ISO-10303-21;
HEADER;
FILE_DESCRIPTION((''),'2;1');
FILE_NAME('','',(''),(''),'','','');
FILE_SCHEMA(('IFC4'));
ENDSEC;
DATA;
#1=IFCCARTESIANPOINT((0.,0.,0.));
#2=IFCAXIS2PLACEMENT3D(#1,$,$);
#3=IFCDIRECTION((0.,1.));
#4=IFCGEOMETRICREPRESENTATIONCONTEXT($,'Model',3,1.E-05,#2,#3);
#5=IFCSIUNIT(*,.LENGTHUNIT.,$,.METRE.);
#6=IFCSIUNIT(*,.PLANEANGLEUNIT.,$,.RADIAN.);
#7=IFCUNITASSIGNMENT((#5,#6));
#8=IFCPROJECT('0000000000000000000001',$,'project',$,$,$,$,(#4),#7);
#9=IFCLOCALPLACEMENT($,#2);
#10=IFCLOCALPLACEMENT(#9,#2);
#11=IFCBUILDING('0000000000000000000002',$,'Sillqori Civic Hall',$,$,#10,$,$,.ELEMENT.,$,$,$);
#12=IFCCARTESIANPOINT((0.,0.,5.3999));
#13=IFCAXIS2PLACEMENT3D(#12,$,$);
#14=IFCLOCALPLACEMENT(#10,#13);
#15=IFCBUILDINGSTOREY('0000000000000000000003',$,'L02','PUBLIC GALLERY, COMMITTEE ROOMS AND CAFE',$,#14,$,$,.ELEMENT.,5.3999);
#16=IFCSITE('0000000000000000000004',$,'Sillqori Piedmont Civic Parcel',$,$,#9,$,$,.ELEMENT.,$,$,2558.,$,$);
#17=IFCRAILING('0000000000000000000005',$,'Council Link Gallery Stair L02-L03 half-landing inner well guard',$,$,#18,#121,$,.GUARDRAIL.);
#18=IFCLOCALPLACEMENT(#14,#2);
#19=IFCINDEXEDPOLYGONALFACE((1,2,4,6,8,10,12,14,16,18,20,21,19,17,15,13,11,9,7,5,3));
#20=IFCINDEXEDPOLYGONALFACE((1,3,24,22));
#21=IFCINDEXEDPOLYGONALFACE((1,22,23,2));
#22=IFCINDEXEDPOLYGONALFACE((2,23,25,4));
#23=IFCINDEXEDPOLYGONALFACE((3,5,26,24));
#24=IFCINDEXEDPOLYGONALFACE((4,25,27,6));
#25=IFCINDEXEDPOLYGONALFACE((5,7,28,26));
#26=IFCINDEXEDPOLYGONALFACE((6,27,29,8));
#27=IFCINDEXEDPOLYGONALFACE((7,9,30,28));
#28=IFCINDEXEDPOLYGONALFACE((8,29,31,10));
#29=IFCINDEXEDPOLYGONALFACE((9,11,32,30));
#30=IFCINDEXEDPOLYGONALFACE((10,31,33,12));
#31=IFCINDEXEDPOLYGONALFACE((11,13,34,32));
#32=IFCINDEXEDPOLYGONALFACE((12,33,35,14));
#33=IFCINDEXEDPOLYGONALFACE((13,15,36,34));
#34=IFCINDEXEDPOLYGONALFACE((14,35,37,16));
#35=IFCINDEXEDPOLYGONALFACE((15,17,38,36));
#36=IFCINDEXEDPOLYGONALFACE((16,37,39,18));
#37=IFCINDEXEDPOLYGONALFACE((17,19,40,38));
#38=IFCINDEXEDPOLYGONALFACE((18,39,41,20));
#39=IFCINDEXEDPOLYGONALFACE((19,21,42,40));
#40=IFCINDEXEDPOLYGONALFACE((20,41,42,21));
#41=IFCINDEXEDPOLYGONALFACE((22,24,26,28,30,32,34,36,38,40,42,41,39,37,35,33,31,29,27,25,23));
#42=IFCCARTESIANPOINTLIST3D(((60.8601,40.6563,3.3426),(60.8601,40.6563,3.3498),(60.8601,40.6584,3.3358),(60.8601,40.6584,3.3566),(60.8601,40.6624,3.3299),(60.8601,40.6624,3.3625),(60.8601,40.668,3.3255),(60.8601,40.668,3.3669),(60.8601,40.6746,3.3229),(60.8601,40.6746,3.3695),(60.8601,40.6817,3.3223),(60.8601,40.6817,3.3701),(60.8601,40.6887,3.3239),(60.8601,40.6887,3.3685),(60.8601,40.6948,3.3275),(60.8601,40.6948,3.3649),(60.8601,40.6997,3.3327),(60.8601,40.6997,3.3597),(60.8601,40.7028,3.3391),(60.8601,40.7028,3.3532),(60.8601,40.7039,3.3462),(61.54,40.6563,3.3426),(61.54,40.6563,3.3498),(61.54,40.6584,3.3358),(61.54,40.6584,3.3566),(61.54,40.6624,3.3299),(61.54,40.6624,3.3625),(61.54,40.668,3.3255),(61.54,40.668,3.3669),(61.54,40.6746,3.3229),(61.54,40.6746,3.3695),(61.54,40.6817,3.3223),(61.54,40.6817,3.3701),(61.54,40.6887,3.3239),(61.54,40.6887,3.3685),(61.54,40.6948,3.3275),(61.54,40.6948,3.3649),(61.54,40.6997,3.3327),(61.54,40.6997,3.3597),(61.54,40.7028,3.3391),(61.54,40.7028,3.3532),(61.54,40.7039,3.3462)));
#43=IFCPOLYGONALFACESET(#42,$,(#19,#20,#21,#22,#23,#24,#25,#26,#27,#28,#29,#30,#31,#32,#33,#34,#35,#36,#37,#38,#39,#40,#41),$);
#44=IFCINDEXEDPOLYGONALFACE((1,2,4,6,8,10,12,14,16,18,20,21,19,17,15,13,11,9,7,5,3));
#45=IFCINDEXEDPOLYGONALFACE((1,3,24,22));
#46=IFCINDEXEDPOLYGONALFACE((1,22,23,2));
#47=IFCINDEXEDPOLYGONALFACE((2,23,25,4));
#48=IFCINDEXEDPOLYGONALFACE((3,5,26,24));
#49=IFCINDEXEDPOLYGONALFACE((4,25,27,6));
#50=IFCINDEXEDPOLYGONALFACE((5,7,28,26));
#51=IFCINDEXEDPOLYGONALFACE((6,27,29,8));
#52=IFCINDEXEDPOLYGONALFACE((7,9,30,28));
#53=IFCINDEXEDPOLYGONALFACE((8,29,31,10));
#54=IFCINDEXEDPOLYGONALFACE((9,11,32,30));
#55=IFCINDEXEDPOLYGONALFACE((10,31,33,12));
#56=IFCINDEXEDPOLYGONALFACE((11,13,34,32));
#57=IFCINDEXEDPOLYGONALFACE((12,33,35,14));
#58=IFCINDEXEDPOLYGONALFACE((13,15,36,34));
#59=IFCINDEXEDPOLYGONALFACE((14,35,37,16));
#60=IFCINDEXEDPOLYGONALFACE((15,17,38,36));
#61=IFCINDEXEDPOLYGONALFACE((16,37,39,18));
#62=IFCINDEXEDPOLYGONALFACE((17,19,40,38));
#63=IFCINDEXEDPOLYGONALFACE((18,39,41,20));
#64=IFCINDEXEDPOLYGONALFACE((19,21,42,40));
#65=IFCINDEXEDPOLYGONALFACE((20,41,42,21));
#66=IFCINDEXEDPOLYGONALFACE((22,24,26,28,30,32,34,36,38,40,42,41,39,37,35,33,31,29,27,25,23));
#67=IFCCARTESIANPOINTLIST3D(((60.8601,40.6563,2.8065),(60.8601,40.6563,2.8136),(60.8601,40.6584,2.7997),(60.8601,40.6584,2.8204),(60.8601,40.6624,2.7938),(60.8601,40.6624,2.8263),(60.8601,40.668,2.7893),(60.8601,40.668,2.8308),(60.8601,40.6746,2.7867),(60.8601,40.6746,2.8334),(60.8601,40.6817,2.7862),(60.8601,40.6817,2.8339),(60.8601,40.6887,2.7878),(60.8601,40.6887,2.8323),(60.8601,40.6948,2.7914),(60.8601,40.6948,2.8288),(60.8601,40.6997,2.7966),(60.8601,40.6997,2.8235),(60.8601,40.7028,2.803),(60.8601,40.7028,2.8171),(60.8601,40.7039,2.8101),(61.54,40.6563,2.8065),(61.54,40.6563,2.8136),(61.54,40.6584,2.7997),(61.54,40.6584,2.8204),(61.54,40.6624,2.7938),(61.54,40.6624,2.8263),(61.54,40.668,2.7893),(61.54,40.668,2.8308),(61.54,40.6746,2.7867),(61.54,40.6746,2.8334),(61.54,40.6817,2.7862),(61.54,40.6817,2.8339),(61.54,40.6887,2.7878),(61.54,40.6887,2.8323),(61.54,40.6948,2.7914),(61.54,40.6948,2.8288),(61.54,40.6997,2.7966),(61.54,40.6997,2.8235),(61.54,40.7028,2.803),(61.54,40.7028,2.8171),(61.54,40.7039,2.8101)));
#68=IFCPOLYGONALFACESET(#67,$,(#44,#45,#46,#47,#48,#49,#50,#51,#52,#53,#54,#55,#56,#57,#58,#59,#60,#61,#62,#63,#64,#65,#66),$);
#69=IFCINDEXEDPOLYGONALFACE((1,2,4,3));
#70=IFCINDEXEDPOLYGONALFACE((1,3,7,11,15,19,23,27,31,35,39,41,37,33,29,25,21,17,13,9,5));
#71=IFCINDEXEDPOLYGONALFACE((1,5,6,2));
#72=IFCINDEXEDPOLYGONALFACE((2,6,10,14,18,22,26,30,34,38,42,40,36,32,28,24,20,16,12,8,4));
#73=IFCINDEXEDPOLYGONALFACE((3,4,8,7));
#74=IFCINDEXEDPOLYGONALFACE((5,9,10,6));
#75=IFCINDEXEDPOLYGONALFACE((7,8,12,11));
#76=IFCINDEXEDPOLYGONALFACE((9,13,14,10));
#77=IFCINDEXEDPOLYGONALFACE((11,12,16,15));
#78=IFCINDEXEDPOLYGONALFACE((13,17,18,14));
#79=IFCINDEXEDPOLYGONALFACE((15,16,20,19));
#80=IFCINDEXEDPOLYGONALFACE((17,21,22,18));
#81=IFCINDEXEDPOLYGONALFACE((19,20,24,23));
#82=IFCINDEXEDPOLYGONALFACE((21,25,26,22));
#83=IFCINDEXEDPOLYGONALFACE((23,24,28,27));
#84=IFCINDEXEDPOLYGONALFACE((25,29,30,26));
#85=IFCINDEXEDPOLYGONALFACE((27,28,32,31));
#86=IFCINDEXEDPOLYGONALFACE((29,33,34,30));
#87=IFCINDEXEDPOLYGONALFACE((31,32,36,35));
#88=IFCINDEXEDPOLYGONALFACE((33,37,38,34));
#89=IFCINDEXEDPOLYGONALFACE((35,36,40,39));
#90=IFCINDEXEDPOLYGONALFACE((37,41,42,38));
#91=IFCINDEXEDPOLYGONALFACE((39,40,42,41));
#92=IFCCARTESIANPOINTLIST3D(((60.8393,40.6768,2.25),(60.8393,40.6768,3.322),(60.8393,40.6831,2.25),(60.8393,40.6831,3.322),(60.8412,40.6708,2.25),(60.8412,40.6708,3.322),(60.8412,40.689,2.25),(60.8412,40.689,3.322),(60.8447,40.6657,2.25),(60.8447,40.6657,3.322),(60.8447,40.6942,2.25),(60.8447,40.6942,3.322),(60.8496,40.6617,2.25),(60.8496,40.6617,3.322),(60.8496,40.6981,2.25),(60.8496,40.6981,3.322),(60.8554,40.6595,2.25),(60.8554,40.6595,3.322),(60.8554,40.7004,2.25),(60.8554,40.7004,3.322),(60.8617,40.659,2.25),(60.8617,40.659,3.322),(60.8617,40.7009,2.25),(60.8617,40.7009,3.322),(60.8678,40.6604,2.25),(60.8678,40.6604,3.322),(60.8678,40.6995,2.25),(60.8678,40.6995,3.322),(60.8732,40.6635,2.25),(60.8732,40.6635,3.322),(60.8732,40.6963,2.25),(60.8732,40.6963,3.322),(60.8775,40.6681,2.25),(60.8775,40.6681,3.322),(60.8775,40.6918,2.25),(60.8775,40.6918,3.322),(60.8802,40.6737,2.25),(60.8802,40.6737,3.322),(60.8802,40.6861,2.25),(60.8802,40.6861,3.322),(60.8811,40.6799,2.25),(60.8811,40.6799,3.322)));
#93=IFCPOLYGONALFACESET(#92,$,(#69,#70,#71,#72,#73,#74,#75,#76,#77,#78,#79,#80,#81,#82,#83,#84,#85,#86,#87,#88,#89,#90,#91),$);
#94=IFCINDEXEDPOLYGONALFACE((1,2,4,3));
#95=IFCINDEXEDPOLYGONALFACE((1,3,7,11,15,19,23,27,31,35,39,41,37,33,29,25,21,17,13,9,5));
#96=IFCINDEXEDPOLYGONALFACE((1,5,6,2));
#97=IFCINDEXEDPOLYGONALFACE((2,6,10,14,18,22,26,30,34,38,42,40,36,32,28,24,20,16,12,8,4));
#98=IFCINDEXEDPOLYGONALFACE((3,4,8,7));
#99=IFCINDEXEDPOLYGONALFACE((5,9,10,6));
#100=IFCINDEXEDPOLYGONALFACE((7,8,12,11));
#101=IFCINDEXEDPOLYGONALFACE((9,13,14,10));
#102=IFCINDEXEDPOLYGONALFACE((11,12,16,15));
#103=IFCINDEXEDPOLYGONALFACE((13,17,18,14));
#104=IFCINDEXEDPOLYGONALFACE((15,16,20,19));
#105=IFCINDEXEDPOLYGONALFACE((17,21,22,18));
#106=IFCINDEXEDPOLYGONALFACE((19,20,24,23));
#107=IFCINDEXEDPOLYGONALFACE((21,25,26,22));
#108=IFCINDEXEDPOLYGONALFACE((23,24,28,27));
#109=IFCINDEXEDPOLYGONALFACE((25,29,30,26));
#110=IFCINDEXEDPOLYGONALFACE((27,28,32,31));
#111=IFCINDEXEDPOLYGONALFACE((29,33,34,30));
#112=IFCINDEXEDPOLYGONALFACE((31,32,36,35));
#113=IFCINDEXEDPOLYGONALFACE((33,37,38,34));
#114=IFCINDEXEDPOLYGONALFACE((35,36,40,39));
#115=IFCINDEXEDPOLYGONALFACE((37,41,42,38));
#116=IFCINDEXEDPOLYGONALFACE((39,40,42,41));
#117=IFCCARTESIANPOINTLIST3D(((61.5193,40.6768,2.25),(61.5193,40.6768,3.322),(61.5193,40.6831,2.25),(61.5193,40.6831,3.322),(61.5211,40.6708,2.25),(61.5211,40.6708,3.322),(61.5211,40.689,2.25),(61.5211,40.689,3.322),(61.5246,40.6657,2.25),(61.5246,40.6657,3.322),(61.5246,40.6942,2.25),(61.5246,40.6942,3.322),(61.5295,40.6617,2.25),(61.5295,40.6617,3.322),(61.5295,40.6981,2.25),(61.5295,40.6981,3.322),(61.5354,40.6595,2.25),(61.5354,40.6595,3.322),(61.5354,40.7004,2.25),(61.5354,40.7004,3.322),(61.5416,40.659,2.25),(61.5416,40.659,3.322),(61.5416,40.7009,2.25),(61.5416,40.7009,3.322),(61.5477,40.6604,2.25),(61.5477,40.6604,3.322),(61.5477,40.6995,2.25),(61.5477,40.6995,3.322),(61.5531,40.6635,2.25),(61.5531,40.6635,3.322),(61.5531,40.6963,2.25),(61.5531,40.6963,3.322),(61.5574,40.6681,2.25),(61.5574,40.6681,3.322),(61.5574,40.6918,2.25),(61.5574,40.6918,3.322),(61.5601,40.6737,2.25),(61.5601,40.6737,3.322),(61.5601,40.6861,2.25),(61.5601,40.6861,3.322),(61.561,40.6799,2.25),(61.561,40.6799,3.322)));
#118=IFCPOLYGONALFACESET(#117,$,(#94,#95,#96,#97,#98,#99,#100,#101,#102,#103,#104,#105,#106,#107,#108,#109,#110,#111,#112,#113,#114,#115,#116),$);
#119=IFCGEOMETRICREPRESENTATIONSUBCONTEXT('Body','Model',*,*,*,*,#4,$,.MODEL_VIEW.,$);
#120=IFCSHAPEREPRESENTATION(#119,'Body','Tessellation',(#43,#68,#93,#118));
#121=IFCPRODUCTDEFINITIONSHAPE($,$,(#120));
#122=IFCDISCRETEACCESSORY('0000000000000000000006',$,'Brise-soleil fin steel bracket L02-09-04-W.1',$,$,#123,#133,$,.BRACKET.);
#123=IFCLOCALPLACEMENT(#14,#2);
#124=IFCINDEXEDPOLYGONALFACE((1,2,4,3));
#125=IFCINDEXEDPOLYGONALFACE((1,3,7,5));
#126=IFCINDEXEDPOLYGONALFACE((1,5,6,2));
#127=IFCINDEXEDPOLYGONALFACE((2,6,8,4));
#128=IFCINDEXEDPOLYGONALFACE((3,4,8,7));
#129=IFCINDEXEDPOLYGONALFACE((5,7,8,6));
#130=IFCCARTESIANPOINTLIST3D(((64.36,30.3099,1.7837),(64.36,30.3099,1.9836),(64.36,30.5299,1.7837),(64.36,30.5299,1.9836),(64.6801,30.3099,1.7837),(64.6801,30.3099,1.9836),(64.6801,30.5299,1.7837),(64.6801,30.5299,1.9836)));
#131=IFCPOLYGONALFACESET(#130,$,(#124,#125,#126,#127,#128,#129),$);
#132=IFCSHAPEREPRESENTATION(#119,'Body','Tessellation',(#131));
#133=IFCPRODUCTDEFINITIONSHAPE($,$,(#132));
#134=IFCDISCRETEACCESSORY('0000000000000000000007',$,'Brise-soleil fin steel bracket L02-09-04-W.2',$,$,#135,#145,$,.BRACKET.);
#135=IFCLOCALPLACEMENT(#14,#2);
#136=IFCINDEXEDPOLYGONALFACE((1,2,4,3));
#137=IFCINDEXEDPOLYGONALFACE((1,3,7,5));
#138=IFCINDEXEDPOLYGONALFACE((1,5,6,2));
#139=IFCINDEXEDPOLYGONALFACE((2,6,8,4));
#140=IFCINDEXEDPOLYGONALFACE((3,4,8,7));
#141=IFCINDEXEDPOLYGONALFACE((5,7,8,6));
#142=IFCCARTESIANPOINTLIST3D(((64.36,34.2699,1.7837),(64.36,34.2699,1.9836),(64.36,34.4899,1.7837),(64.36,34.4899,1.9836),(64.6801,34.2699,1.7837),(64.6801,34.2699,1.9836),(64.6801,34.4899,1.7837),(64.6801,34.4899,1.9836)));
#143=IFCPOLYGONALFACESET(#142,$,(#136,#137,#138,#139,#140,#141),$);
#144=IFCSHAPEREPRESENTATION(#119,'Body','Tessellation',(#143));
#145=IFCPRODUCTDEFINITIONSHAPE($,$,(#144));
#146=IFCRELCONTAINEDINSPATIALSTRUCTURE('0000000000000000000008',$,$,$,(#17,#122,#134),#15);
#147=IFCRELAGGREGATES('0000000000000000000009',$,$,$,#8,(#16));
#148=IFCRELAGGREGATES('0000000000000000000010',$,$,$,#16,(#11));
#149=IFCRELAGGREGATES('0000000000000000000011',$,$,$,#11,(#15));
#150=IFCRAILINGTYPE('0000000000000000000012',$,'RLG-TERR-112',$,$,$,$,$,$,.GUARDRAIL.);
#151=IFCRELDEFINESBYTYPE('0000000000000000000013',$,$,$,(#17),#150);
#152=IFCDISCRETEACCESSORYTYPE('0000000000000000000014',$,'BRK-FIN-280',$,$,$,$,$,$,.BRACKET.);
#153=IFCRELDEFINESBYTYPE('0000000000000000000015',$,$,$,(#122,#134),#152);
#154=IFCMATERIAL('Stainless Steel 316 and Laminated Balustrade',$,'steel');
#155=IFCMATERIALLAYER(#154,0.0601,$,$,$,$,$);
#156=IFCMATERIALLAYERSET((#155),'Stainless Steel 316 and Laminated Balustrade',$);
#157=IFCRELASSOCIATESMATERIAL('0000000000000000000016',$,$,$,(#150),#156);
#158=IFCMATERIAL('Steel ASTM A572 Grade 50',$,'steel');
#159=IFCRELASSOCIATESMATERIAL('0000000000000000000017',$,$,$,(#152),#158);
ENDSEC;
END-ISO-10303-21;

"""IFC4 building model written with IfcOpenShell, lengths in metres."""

from ifc_helpers import new_model, si_unit, direction, frame, origin, origin_2d, place, context, subcontext, project, spatial, rectangle, circle, extrude, material, layer, layer_set, type_object, element, save


model = new_model("IFC4")

# Units and contexts
model_context = context("Model", 3, precision=1e-05, world=origin(), true_north=direction((0.0, 1.0)))
body_context = subcontext(model_context, "Body", "Model", "MODEL_VIEW")
ifc_project = project(units=[si_unit("LENGTHUNIT", "METRE"), si_unit("PLANEANGLEUNIT", "RADIAN")], contexts=[model_context])

# Site, building, storey
site_placement = place(None, origin())
site = spatial("IfcSite", under=ifc_project, at=site_placement, Name="Sillqori Piedmont Civic Parcel", CompositionType="ELEMENT", RefElevation=2558.0)
building_placement = place(site_placement, origin())
building = spatial("IfcBuilding", under=site, at=building_placement, Name="Sillqori Civic Hall", CompositionType="ELEMENT")
storey_placement = place(building_placement, frame((0.0, 0.0, 5.3999)))
storey = spatial("IfcBuildingStorey", under=building, at=storey_placement, Name="L02", Description="PUBLIC GALLERY, COMMITTEE ROOMS AND CAFE", CompositionType="ELEMENT", Elevation=5.3999)

# Railing
ifc_material_1 = material(Name="Stainless Steel 316 and Laminated Balustrade", Category="steel")
ifc_layer_1 = layer(ifc_material_1, 0.0601)
ifc_layer_set_1 = layer_set([ifc_layer_1], Name="Stainless Steel 316 and Laminated Balustrade")
railing_type_1 = type_object("IfcRailingType", Name="RLG-TERR-112", PredefinedType="GUARDRAIL", material=ifc_layer_set_1)
railing_1_placement = place(storey_placement, frame((60.8601, 40.6799, 2.25)))
element("IfcRailing", 1, at=railing_1_placement, inside=storey, type_object=railing_type_1, Name="Council Link Gallery Stair L02-L03 half-landing inner well guard", PredefinedType="GUARDRAIL", context=body_context, shape_type="SweptSolid", body=[
    extrude(circle(Radius=0.0239, at=origin_2d()), frame((0.0, 0.0, 1.0962), z_axis=(1.0, 0.0, 0.0), x_axis=(0.0, 1.0, 0.0)), (0.0, 0.0, 1.0), 0.6799),
    extrude(circle(Radius=0.0239, at=origin_2d()), frame((0.0, 0.0, 0.5601), z_axis=(1.0, 0.0, 0.0), x_axis=(0.0, 1.0, 0.0)), (0.0, 0.0, 1.0), 0.6799),
    extrude(circle(Radius=0.021, at=origin_2d()), origin(), (0.0, 0.0, 1.0), 1.072),
    extrude(circle(Radius=0.021, at=origin_2d()), frame((0.6799, 0.0, 0.0)), (0.0, 0.0, 1.0), 1.072),
])

# Discrete accessories
ifc_material_2 = material(Name="Steel ASTM A572 Grade 50", Category="steel")
discrete_accessory_type = type_object("IfcDiscreteAccessoryType", Name="BRK-FIN-280", PredefinedType="BRACKET", material=ifc_material_2)
for number, where, z_axis, x_axis, name in (
    (2, (64.52, 30.4199, 1.7837), (0.0, 0.0, 1.0), (0.0, 1.0, 0.0), "Brise-soleil fin steel bracket L02-09-04-W.1"),
    (3, (64.52, 34.3799, 1.7837), (0.0, 0.0, 1.0), (0.0, 1.0, 0.0), "Brise-soleil fin steel bracket L02-09-04-W.2"),
):
    element("IfcDiscreteAccessory", number, at=place(storey_placement, frame(where, z_axis=z_axis, x_axis=x_axis)), inside=storey, type_object=discrete_accessory_type, Name=name, PredefinedType="BRACKET", context=body_context, shape_type="SweptSolid", body=[
        extrude(rectangle(XDim=0.22, YDim=0.3201, at=origin_2d()), origin(), (0.0, 0.0, 1.0), 0.2),
    ])

save(model, "model.ifc")
